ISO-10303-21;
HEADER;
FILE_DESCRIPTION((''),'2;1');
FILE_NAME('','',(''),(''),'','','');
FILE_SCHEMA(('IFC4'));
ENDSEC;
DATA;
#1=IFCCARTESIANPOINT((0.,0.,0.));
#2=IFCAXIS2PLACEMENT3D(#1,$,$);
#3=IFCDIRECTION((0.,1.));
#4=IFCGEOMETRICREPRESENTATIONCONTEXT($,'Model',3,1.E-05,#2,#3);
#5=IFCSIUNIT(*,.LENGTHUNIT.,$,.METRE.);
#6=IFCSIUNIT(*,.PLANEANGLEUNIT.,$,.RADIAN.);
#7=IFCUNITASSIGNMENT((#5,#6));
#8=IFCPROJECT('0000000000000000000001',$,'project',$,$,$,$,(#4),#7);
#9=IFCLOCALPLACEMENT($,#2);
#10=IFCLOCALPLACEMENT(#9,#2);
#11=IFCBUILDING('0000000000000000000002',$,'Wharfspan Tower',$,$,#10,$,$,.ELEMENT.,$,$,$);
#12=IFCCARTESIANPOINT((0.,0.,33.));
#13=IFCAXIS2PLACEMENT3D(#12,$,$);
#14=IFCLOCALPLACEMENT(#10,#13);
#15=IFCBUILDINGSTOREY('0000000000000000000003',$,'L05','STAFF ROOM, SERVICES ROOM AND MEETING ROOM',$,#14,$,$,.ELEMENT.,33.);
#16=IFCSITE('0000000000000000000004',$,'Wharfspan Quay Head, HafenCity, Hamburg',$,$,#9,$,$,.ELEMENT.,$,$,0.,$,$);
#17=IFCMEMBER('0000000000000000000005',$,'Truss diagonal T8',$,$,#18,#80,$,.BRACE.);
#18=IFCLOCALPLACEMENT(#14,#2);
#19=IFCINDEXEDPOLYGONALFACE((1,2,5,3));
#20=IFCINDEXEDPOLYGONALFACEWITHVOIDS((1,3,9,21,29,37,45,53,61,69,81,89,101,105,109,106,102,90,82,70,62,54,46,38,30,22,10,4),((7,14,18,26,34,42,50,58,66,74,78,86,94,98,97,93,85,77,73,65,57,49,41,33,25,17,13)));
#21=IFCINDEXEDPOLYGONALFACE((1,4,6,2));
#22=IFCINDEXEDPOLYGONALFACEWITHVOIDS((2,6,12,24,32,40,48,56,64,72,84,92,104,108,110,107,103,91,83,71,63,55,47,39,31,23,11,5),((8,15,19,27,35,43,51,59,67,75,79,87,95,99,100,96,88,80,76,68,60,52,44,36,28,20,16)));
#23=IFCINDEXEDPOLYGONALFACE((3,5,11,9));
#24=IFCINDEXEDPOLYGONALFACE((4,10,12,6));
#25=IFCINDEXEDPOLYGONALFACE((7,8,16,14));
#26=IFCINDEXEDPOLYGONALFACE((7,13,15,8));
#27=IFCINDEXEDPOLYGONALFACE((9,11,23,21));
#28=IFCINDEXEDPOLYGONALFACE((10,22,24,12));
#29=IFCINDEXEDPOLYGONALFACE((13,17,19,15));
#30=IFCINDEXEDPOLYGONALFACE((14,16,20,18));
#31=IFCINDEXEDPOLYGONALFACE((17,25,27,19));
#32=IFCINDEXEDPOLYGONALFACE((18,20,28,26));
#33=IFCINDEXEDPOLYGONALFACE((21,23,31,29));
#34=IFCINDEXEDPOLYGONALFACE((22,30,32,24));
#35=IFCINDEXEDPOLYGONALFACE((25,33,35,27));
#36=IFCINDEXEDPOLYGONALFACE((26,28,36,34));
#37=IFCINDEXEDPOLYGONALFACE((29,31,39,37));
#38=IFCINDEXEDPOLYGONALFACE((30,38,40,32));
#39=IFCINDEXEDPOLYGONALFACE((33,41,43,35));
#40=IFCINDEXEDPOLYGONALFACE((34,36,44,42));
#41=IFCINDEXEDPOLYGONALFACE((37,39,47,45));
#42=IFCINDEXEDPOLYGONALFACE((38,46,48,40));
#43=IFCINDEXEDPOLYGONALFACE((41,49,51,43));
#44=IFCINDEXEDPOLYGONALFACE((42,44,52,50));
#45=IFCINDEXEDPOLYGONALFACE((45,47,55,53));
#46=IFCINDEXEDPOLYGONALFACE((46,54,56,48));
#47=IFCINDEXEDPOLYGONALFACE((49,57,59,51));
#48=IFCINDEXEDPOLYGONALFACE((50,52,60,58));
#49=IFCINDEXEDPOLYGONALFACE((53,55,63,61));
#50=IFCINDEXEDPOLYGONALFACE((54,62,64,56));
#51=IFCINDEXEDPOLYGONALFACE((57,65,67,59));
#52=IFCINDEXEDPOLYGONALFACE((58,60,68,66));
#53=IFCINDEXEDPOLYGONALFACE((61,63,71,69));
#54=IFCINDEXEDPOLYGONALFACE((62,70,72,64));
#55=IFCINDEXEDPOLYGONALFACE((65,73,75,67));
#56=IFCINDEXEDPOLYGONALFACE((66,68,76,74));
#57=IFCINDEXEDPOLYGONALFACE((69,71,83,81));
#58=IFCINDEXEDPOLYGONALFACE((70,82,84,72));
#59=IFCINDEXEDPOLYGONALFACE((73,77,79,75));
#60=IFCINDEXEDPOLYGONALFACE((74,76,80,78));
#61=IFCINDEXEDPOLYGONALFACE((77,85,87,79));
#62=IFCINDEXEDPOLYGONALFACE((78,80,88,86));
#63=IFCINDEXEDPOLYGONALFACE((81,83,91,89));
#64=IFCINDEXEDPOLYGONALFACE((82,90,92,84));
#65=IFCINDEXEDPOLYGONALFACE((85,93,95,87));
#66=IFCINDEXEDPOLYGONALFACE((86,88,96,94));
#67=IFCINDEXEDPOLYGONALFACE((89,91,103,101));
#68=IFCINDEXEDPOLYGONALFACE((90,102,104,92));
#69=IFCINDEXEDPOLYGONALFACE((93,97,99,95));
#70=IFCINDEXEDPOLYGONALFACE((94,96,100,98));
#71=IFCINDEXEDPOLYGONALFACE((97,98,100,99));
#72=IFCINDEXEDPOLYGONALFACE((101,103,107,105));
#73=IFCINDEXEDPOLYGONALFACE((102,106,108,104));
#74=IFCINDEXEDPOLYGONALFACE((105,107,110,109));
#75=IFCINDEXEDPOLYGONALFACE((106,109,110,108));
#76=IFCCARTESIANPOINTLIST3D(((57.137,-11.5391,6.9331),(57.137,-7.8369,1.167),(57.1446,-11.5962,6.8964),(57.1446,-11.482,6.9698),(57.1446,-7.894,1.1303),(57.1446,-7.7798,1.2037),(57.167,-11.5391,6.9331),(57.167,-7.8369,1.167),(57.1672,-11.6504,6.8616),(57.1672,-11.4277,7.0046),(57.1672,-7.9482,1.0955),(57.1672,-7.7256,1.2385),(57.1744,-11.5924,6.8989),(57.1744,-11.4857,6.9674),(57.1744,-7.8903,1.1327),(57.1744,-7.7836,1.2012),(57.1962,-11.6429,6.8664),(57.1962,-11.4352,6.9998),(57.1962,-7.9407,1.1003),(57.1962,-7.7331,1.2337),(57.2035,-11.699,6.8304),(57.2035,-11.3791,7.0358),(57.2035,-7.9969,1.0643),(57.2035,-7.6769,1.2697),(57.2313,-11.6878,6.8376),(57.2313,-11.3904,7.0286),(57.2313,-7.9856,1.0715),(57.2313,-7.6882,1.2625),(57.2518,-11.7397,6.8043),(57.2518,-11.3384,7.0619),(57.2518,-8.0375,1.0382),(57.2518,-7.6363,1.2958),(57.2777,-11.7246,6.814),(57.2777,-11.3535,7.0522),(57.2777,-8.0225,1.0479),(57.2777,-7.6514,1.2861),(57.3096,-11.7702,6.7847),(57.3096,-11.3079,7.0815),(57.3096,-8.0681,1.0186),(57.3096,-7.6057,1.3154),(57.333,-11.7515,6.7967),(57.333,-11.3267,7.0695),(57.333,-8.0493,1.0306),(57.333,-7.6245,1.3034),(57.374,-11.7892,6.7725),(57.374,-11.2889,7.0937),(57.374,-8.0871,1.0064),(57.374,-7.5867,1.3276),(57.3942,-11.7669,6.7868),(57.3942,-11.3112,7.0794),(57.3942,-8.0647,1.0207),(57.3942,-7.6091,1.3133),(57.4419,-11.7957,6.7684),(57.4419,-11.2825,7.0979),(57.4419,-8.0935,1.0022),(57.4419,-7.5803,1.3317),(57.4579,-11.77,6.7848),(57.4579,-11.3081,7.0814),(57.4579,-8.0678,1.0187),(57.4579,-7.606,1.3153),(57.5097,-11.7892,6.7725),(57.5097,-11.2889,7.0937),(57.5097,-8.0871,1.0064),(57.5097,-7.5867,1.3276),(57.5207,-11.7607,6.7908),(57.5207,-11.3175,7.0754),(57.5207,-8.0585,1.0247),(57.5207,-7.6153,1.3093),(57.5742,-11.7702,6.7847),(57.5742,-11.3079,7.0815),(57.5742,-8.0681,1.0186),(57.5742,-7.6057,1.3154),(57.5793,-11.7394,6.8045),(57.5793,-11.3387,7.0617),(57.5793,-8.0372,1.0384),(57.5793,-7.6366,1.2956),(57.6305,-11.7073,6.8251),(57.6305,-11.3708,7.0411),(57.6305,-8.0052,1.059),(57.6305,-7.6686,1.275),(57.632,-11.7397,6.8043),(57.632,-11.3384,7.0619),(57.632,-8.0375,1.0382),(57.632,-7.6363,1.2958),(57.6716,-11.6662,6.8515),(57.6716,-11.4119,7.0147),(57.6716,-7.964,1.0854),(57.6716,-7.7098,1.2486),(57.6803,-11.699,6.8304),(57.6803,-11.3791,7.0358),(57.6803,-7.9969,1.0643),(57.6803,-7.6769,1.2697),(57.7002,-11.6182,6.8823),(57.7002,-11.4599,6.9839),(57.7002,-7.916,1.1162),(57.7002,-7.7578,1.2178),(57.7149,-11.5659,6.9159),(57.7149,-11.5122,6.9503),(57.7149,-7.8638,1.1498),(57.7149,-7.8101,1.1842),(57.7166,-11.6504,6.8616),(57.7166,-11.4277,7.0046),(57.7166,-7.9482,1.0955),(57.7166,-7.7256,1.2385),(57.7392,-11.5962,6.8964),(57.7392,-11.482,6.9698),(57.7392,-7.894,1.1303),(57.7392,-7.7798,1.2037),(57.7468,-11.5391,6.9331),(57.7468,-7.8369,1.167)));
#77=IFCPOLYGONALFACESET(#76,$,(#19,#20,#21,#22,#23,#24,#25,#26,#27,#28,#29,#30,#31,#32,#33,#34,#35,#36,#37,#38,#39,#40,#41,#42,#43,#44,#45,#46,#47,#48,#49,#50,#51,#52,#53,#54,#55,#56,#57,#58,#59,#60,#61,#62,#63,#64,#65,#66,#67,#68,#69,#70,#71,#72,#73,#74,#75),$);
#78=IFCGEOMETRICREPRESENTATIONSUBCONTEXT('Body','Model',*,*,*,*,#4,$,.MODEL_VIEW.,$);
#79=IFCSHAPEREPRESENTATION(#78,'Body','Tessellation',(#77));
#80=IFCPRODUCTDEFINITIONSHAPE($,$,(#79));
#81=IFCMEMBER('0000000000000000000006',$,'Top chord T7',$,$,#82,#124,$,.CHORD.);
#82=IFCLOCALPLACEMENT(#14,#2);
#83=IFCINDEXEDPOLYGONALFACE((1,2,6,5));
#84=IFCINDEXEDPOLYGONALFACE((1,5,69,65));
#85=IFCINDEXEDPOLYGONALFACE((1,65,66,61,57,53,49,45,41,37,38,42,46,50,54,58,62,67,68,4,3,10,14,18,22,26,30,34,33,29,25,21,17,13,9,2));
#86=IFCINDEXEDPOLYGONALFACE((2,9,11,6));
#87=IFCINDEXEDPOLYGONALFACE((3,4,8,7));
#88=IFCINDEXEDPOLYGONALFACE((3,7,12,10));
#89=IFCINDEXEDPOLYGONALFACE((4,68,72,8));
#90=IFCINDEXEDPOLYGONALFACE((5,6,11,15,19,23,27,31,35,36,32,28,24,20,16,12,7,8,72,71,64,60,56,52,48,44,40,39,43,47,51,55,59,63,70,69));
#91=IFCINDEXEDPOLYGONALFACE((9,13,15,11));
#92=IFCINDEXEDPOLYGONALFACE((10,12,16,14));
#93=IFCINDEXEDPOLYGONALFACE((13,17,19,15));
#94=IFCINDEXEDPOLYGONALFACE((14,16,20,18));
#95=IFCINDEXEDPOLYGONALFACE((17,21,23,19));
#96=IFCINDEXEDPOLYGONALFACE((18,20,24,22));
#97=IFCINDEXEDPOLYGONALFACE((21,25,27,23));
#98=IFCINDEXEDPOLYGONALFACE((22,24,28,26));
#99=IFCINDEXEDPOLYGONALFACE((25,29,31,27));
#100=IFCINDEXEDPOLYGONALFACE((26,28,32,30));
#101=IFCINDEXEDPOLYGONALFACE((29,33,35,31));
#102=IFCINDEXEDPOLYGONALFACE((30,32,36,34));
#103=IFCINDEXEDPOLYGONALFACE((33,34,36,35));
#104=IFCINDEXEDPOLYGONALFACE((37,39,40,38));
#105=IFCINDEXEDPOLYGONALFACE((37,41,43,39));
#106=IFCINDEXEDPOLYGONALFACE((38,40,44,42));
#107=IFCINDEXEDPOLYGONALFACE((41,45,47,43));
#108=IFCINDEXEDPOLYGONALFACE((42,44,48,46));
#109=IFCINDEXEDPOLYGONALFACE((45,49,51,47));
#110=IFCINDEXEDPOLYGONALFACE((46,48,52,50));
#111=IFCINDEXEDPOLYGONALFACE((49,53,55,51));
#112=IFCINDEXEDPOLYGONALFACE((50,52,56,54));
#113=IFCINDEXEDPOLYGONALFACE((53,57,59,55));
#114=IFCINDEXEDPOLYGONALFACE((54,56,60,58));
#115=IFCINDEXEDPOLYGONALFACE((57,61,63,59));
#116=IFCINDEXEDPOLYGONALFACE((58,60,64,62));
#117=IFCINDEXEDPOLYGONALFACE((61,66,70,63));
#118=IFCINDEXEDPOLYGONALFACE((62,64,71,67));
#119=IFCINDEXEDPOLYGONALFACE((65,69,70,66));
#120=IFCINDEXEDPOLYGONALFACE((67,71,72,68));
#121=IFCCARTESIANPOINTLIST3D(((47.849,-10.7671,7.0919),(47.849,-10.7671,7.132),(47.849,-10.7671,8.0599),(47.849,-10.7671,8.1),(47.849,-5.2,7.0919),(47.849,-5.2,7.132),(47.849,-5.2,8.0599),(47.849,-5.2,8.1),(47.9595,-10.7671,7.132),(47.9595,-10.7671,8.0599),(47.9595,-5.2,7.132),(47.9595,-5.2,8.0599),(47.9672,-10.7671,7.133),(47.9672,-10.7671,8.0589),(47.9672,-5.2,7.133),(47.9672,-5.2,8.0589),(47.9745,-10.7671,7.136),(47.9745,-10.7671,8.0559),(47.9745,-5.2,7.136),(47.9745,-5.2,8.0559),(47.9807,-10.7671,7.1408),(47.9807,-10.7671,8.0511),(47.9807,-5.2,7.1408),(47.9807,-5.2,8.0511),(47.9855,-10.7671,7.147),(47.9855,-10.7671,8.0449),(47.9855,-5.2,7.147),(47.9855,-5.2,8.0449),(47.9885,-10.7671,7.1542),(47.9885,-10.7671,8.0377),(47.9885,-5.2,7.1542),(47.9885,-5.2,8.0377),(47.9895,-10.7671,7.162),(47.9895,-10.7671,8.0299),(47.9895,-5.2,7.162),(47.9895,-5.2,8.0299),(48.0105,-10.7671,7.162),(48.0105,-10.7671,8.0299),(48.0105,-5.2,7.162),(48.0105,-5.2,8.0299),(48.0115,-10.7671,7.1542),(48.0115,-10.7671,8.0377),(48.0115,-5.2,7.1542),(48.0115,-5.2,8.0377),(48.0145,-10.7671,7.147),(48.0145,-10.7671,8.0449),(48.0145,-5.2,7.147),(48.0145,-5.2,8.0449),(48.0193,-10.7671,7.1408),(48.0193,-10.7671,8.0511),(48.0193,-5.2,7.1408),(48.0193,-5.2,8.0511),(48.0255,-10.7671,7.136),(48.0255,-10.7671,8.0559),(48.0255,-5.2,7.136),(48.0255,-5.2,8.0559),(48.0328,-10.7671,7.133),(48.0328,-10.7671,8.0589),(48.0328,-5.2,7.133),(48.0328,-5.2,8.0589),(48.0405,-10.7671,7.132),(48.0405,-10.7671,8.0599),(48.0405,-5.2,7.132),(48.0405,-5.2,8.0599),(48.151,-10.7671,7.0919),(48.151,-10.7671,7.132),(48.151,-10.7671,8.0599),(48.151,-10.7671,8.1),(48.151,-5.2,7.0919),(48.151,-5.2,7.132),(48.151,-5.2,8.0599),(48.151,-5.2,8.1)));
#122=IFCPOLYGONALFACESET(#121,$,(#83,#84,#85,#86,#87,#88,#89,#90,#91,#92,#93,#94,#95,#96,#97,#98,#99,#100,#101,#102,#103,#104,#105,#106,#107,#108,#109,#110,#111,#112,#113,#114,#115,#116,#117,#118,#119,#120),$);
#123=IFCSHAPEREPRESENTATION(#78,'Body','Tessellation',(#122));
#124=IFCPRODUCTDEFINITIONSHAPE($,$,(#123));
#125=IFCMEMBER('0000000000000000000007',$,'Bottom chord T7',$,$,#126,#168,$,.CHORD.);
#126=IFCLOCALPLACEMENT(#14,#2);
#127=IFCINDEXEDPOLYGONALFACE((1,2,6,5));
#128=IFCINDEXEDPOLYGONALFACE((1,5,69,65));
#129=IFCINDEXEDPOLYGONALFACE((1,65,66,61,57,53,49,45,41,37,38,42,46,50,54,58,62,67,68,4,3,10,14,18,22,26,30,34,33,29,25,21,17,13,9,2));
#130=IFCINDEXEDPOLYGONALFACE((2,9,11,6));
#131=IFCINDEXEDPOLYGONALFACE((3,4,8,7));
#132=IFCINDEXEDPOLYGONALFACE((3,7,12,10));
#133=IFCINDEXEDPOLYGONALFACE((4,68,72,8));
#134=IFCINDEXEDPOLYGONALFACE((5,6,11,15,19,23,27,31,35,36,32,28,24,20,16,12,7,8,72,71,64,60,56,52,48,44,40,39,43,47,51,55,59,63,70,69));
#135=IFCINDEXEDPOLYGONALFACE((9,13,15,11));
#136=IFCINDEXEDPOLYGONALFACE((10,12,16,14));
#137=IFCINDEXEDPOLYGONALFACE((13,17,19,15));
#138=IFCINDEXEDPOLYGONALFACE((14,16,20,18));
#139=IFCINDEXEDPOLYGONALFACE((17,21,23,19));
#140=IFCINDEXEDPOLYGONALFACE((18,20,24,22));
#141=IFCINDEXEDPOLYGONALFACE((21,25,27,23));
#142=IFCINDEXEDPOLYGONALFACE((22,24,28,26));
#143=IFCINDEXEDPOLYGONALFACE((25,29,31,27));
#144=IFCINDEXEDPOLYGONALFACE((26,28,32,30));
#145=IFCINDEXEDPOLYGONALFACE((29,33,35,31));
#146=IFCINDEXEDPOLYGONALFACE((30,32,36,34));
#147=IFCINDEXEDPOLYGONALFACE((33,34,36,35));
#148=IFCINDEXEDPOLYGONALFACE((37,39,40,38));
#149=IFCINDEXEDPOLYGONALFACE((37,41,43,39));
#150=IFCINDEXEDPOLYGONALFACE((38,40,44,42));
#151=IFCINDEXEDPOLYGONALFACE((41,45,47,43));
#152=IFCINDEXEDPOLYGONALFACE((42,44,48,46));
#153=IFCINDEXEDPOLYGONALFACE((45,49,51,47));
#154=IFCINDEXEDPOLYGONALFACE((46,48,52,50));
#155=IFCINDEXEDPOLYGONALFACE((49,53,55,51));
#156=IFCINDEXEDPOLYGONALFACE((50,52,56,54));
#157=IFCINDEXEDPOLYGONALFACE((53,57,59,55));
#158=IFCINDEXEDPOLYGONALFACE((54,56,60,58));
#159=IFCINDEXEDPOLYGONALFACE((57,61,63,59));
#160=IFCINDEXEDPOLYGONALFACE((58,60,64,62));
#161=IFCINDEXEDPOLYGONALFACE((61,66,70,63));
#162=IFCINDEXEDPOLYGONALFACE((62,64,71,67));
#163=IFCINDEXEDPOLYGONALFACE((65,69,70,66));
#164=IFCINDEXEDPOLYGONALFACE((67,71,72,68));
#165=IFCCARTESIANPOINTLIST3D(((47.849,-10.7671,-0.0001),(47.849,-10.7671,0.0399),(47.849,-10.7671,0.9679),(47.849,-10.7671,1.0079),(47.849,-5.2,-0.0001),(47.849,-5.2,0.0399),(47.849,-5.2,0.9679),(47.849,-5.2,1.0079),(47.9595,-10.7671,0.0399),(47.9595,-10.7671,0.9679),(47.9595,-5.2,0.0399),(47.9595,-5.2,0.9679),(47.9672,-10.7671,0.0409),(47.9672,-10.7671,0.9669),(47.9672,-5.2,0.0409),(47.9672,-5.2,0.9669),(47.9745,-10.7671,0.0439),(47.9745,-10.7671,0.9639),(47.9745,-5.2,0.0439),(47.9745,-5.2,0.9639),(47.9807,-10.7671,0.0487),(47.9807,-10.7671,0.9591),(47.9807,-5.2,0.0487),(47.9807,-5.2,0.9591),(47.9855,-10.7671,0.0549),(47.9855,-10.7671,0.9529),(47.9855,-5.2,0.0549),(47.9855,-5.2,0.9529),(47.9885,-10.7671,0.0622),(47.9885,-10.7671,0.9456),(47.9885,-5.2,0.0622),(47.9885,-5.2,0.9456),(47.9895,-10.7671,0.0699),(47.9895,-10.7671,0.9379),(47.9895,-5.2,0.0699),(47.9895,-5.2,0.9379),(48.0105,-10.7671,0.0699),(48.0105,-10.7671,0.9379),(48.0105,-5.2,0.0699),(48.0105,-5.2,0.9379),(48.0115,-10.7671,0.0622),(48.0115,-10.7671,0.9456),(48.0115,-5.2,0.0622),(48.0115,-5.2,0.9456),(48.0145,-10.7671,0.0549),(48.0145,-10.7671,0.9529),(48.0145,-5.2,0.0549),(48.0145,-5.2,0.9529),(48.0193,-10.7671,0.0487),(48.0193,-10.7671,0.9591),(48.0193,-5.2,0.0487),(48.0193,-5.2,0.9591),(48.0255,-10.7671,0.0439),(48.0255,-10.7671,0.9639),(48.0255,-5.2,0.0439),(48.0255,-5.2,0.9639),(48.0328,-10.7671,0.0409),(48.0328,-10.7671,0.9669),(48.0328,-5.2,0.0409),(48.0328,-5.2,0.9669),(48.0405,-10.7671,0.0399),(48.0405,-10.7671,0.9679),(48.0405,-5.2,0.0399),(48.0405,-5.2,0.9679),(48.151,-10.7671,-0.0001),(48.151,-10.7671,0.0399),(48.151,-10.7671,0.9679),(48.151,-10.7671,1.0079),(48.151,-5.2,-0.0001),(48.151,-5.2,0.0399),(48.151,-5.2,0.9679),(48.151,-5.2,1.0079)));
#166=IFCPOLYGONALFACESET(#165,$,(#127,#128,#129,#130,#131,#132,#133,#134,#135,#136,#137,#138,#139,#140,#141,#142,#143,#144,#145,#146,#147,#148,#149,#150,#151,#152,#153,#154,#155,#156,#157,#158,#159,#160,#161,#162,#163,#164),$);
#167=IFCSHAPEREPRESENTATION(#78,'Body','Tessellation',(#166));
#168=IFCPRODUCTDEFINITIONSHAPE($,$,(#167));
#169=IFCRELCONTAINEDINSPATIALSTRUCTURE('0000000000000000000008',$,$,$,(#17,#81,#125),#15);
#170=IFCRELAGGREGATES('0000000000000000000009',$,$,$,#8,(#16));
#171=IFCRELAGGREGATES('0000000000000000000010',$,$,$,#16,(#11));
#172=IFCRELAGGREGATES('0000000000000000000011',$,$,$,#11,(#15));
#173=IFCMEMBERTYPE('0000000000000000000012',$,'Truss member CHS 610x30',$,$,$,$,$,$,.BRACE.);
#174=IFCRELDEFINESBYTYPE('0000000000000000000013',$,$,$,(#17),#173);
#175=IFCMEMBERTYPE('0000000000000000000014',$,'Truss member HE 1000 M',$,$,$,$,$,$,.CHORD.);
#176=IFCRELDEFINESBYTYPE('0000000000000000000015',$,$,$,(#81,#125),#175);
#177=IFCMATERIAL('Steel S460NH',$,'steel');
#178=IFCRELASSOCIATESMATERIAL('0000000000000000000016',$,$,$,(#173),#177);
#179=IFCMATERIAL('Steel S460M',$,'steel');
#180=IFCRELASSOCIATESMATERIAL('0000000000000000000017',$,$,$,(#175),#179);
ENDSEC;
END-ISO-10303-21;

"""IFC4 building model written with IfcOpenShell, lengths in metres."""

from ifc_helpers import new_model, si_unit, direction, frame, origin, origin_2d, place, context, subcontext, project, spatial, hollow_circle, i_section, extrude, material, material_profile, profile_set, type_object, element, save


model = new_model("IFC4")

# Units and contexts
model_context = context("Model", 3, precision=1e-05, world=origin(), true_north=direction((0.0, 1.0)))
body_context = subcontext(model_context, "Body", "Model", "MODEL_VIEW")
ifc_project = project(units=[si_unit("LENGTHUNIT", "METRE"), si_unit("PLANEANGLEUNIT", "RADIAN")], contexts=[model_context])

# Site, building, storey
site_placement = place(None, origin())
site = spatial("IfcSite", under=ifc_project, at=site_placement, Name="Wharfspan Quay Head, HafenCity, Hamburg", CompositionType="ELEMENT", RefElevation=0.0)
building_placement = place(site_placement, origin())
building = spatial("IfcBuilding", under=site, at=building_placement, Name="Wharfspan Tower", CompositionType="ELEMENT")
storey_placement = place(building_placement, frame((0.0, 0.0, 33.0)))
storey = spatial("IfcBuildingStorey", under=building, at=storey_placement, Name="L05", Description="STAFF ROOM, SERVICES ROOM AND MEETING ROOM", CompositionType="ELEMENT", Elevation=33.0)

# Members
ifc_material_1 = material(Name="Steel S460NH", Category="steel")
ifc_material_profile_1 = material_profile(ifc_material_1, hollow_circle(Radius=0.3049, WallThickness=0.03, at=origin_2d()))
ifc_profile_set_1 = profile_set([ifc_material_profile_1], Name="Steel S460NH")
member_type_1 = type_object("IfcMemberType", Name="Truss member CHS 610x30", PredefinedType="BRACE", material=ifc_profile_set_1)
member_1_placement = place(storey_placement, frame((57.4419, -11.5391, 6.9331), z_axis=(0.0, 0.540279, -0.841486), x_axis=(-1.0, 0.0, 0.0)))
element("IfcMember", 1, at=member_1_placement, inside=storey, type_object=member_type_1, Name="Truss diagonal T8", PredefinedType="BRACE", context=body_context, shape_type="SweptSolid", body=[
    extrude(hollow_circle(Radius=0.3049, WallThickness=0.03, at=origin_2d()), origin(), (0.0, 0.0, 1.0), 6.8523),
])
ifc_material_2 = material(Name="Steel S460M", Category="steel")
ifc_material_profile_2 = material_profile(ifc_material_2, i_section(OverallWidth=0.302, OverallDepth=1.0081, WebThickness=0.021, FlangeThickness=0.04, FilletRadius=0.03, at=origin_2d()))
ifc_profile_set_2 = profile_set([ifc_material_profile_2], Name="Steel S460M")
member_type_2 = type_object("IfcMemberType", Name="Truss member HE 1000 M", PredefinedType="CHORD", material=ifc_profile_set_2)
for number, where, z_axis, x_axis, name in (
    (2, (48.0, -10.7671, 7.5959), (0.0, 1.0, 0.0), (-1.0, 0.0, 0.0), "Top chord T7"),
    (3, (48.0, -10.7671, 0.5039), (0.0, 1.0, 0.0), (-1.0, 0.0, 0.0), "Bottom chord T7"),
):
    element("IfcMember", number, at=place(storey_placement, frame(where, z_axis=z_axis, x_axis=x_axis)), inside=storey, type_object=member_type_2, Name=name, PredefinedType="CHORD", context=body_context, shape_type="SweptSolid", body=[
        extrude(i_section(OverallWidth=0.302, OverallDepth=1.0081, WebThickness=0.021, FlangeThickness=0.04, FilletRadius=0.03, at=origin_2d()), origin(), (0.0, 0.0, 1.0), 5.5671),
    ])

save(model, "model.ifc")
